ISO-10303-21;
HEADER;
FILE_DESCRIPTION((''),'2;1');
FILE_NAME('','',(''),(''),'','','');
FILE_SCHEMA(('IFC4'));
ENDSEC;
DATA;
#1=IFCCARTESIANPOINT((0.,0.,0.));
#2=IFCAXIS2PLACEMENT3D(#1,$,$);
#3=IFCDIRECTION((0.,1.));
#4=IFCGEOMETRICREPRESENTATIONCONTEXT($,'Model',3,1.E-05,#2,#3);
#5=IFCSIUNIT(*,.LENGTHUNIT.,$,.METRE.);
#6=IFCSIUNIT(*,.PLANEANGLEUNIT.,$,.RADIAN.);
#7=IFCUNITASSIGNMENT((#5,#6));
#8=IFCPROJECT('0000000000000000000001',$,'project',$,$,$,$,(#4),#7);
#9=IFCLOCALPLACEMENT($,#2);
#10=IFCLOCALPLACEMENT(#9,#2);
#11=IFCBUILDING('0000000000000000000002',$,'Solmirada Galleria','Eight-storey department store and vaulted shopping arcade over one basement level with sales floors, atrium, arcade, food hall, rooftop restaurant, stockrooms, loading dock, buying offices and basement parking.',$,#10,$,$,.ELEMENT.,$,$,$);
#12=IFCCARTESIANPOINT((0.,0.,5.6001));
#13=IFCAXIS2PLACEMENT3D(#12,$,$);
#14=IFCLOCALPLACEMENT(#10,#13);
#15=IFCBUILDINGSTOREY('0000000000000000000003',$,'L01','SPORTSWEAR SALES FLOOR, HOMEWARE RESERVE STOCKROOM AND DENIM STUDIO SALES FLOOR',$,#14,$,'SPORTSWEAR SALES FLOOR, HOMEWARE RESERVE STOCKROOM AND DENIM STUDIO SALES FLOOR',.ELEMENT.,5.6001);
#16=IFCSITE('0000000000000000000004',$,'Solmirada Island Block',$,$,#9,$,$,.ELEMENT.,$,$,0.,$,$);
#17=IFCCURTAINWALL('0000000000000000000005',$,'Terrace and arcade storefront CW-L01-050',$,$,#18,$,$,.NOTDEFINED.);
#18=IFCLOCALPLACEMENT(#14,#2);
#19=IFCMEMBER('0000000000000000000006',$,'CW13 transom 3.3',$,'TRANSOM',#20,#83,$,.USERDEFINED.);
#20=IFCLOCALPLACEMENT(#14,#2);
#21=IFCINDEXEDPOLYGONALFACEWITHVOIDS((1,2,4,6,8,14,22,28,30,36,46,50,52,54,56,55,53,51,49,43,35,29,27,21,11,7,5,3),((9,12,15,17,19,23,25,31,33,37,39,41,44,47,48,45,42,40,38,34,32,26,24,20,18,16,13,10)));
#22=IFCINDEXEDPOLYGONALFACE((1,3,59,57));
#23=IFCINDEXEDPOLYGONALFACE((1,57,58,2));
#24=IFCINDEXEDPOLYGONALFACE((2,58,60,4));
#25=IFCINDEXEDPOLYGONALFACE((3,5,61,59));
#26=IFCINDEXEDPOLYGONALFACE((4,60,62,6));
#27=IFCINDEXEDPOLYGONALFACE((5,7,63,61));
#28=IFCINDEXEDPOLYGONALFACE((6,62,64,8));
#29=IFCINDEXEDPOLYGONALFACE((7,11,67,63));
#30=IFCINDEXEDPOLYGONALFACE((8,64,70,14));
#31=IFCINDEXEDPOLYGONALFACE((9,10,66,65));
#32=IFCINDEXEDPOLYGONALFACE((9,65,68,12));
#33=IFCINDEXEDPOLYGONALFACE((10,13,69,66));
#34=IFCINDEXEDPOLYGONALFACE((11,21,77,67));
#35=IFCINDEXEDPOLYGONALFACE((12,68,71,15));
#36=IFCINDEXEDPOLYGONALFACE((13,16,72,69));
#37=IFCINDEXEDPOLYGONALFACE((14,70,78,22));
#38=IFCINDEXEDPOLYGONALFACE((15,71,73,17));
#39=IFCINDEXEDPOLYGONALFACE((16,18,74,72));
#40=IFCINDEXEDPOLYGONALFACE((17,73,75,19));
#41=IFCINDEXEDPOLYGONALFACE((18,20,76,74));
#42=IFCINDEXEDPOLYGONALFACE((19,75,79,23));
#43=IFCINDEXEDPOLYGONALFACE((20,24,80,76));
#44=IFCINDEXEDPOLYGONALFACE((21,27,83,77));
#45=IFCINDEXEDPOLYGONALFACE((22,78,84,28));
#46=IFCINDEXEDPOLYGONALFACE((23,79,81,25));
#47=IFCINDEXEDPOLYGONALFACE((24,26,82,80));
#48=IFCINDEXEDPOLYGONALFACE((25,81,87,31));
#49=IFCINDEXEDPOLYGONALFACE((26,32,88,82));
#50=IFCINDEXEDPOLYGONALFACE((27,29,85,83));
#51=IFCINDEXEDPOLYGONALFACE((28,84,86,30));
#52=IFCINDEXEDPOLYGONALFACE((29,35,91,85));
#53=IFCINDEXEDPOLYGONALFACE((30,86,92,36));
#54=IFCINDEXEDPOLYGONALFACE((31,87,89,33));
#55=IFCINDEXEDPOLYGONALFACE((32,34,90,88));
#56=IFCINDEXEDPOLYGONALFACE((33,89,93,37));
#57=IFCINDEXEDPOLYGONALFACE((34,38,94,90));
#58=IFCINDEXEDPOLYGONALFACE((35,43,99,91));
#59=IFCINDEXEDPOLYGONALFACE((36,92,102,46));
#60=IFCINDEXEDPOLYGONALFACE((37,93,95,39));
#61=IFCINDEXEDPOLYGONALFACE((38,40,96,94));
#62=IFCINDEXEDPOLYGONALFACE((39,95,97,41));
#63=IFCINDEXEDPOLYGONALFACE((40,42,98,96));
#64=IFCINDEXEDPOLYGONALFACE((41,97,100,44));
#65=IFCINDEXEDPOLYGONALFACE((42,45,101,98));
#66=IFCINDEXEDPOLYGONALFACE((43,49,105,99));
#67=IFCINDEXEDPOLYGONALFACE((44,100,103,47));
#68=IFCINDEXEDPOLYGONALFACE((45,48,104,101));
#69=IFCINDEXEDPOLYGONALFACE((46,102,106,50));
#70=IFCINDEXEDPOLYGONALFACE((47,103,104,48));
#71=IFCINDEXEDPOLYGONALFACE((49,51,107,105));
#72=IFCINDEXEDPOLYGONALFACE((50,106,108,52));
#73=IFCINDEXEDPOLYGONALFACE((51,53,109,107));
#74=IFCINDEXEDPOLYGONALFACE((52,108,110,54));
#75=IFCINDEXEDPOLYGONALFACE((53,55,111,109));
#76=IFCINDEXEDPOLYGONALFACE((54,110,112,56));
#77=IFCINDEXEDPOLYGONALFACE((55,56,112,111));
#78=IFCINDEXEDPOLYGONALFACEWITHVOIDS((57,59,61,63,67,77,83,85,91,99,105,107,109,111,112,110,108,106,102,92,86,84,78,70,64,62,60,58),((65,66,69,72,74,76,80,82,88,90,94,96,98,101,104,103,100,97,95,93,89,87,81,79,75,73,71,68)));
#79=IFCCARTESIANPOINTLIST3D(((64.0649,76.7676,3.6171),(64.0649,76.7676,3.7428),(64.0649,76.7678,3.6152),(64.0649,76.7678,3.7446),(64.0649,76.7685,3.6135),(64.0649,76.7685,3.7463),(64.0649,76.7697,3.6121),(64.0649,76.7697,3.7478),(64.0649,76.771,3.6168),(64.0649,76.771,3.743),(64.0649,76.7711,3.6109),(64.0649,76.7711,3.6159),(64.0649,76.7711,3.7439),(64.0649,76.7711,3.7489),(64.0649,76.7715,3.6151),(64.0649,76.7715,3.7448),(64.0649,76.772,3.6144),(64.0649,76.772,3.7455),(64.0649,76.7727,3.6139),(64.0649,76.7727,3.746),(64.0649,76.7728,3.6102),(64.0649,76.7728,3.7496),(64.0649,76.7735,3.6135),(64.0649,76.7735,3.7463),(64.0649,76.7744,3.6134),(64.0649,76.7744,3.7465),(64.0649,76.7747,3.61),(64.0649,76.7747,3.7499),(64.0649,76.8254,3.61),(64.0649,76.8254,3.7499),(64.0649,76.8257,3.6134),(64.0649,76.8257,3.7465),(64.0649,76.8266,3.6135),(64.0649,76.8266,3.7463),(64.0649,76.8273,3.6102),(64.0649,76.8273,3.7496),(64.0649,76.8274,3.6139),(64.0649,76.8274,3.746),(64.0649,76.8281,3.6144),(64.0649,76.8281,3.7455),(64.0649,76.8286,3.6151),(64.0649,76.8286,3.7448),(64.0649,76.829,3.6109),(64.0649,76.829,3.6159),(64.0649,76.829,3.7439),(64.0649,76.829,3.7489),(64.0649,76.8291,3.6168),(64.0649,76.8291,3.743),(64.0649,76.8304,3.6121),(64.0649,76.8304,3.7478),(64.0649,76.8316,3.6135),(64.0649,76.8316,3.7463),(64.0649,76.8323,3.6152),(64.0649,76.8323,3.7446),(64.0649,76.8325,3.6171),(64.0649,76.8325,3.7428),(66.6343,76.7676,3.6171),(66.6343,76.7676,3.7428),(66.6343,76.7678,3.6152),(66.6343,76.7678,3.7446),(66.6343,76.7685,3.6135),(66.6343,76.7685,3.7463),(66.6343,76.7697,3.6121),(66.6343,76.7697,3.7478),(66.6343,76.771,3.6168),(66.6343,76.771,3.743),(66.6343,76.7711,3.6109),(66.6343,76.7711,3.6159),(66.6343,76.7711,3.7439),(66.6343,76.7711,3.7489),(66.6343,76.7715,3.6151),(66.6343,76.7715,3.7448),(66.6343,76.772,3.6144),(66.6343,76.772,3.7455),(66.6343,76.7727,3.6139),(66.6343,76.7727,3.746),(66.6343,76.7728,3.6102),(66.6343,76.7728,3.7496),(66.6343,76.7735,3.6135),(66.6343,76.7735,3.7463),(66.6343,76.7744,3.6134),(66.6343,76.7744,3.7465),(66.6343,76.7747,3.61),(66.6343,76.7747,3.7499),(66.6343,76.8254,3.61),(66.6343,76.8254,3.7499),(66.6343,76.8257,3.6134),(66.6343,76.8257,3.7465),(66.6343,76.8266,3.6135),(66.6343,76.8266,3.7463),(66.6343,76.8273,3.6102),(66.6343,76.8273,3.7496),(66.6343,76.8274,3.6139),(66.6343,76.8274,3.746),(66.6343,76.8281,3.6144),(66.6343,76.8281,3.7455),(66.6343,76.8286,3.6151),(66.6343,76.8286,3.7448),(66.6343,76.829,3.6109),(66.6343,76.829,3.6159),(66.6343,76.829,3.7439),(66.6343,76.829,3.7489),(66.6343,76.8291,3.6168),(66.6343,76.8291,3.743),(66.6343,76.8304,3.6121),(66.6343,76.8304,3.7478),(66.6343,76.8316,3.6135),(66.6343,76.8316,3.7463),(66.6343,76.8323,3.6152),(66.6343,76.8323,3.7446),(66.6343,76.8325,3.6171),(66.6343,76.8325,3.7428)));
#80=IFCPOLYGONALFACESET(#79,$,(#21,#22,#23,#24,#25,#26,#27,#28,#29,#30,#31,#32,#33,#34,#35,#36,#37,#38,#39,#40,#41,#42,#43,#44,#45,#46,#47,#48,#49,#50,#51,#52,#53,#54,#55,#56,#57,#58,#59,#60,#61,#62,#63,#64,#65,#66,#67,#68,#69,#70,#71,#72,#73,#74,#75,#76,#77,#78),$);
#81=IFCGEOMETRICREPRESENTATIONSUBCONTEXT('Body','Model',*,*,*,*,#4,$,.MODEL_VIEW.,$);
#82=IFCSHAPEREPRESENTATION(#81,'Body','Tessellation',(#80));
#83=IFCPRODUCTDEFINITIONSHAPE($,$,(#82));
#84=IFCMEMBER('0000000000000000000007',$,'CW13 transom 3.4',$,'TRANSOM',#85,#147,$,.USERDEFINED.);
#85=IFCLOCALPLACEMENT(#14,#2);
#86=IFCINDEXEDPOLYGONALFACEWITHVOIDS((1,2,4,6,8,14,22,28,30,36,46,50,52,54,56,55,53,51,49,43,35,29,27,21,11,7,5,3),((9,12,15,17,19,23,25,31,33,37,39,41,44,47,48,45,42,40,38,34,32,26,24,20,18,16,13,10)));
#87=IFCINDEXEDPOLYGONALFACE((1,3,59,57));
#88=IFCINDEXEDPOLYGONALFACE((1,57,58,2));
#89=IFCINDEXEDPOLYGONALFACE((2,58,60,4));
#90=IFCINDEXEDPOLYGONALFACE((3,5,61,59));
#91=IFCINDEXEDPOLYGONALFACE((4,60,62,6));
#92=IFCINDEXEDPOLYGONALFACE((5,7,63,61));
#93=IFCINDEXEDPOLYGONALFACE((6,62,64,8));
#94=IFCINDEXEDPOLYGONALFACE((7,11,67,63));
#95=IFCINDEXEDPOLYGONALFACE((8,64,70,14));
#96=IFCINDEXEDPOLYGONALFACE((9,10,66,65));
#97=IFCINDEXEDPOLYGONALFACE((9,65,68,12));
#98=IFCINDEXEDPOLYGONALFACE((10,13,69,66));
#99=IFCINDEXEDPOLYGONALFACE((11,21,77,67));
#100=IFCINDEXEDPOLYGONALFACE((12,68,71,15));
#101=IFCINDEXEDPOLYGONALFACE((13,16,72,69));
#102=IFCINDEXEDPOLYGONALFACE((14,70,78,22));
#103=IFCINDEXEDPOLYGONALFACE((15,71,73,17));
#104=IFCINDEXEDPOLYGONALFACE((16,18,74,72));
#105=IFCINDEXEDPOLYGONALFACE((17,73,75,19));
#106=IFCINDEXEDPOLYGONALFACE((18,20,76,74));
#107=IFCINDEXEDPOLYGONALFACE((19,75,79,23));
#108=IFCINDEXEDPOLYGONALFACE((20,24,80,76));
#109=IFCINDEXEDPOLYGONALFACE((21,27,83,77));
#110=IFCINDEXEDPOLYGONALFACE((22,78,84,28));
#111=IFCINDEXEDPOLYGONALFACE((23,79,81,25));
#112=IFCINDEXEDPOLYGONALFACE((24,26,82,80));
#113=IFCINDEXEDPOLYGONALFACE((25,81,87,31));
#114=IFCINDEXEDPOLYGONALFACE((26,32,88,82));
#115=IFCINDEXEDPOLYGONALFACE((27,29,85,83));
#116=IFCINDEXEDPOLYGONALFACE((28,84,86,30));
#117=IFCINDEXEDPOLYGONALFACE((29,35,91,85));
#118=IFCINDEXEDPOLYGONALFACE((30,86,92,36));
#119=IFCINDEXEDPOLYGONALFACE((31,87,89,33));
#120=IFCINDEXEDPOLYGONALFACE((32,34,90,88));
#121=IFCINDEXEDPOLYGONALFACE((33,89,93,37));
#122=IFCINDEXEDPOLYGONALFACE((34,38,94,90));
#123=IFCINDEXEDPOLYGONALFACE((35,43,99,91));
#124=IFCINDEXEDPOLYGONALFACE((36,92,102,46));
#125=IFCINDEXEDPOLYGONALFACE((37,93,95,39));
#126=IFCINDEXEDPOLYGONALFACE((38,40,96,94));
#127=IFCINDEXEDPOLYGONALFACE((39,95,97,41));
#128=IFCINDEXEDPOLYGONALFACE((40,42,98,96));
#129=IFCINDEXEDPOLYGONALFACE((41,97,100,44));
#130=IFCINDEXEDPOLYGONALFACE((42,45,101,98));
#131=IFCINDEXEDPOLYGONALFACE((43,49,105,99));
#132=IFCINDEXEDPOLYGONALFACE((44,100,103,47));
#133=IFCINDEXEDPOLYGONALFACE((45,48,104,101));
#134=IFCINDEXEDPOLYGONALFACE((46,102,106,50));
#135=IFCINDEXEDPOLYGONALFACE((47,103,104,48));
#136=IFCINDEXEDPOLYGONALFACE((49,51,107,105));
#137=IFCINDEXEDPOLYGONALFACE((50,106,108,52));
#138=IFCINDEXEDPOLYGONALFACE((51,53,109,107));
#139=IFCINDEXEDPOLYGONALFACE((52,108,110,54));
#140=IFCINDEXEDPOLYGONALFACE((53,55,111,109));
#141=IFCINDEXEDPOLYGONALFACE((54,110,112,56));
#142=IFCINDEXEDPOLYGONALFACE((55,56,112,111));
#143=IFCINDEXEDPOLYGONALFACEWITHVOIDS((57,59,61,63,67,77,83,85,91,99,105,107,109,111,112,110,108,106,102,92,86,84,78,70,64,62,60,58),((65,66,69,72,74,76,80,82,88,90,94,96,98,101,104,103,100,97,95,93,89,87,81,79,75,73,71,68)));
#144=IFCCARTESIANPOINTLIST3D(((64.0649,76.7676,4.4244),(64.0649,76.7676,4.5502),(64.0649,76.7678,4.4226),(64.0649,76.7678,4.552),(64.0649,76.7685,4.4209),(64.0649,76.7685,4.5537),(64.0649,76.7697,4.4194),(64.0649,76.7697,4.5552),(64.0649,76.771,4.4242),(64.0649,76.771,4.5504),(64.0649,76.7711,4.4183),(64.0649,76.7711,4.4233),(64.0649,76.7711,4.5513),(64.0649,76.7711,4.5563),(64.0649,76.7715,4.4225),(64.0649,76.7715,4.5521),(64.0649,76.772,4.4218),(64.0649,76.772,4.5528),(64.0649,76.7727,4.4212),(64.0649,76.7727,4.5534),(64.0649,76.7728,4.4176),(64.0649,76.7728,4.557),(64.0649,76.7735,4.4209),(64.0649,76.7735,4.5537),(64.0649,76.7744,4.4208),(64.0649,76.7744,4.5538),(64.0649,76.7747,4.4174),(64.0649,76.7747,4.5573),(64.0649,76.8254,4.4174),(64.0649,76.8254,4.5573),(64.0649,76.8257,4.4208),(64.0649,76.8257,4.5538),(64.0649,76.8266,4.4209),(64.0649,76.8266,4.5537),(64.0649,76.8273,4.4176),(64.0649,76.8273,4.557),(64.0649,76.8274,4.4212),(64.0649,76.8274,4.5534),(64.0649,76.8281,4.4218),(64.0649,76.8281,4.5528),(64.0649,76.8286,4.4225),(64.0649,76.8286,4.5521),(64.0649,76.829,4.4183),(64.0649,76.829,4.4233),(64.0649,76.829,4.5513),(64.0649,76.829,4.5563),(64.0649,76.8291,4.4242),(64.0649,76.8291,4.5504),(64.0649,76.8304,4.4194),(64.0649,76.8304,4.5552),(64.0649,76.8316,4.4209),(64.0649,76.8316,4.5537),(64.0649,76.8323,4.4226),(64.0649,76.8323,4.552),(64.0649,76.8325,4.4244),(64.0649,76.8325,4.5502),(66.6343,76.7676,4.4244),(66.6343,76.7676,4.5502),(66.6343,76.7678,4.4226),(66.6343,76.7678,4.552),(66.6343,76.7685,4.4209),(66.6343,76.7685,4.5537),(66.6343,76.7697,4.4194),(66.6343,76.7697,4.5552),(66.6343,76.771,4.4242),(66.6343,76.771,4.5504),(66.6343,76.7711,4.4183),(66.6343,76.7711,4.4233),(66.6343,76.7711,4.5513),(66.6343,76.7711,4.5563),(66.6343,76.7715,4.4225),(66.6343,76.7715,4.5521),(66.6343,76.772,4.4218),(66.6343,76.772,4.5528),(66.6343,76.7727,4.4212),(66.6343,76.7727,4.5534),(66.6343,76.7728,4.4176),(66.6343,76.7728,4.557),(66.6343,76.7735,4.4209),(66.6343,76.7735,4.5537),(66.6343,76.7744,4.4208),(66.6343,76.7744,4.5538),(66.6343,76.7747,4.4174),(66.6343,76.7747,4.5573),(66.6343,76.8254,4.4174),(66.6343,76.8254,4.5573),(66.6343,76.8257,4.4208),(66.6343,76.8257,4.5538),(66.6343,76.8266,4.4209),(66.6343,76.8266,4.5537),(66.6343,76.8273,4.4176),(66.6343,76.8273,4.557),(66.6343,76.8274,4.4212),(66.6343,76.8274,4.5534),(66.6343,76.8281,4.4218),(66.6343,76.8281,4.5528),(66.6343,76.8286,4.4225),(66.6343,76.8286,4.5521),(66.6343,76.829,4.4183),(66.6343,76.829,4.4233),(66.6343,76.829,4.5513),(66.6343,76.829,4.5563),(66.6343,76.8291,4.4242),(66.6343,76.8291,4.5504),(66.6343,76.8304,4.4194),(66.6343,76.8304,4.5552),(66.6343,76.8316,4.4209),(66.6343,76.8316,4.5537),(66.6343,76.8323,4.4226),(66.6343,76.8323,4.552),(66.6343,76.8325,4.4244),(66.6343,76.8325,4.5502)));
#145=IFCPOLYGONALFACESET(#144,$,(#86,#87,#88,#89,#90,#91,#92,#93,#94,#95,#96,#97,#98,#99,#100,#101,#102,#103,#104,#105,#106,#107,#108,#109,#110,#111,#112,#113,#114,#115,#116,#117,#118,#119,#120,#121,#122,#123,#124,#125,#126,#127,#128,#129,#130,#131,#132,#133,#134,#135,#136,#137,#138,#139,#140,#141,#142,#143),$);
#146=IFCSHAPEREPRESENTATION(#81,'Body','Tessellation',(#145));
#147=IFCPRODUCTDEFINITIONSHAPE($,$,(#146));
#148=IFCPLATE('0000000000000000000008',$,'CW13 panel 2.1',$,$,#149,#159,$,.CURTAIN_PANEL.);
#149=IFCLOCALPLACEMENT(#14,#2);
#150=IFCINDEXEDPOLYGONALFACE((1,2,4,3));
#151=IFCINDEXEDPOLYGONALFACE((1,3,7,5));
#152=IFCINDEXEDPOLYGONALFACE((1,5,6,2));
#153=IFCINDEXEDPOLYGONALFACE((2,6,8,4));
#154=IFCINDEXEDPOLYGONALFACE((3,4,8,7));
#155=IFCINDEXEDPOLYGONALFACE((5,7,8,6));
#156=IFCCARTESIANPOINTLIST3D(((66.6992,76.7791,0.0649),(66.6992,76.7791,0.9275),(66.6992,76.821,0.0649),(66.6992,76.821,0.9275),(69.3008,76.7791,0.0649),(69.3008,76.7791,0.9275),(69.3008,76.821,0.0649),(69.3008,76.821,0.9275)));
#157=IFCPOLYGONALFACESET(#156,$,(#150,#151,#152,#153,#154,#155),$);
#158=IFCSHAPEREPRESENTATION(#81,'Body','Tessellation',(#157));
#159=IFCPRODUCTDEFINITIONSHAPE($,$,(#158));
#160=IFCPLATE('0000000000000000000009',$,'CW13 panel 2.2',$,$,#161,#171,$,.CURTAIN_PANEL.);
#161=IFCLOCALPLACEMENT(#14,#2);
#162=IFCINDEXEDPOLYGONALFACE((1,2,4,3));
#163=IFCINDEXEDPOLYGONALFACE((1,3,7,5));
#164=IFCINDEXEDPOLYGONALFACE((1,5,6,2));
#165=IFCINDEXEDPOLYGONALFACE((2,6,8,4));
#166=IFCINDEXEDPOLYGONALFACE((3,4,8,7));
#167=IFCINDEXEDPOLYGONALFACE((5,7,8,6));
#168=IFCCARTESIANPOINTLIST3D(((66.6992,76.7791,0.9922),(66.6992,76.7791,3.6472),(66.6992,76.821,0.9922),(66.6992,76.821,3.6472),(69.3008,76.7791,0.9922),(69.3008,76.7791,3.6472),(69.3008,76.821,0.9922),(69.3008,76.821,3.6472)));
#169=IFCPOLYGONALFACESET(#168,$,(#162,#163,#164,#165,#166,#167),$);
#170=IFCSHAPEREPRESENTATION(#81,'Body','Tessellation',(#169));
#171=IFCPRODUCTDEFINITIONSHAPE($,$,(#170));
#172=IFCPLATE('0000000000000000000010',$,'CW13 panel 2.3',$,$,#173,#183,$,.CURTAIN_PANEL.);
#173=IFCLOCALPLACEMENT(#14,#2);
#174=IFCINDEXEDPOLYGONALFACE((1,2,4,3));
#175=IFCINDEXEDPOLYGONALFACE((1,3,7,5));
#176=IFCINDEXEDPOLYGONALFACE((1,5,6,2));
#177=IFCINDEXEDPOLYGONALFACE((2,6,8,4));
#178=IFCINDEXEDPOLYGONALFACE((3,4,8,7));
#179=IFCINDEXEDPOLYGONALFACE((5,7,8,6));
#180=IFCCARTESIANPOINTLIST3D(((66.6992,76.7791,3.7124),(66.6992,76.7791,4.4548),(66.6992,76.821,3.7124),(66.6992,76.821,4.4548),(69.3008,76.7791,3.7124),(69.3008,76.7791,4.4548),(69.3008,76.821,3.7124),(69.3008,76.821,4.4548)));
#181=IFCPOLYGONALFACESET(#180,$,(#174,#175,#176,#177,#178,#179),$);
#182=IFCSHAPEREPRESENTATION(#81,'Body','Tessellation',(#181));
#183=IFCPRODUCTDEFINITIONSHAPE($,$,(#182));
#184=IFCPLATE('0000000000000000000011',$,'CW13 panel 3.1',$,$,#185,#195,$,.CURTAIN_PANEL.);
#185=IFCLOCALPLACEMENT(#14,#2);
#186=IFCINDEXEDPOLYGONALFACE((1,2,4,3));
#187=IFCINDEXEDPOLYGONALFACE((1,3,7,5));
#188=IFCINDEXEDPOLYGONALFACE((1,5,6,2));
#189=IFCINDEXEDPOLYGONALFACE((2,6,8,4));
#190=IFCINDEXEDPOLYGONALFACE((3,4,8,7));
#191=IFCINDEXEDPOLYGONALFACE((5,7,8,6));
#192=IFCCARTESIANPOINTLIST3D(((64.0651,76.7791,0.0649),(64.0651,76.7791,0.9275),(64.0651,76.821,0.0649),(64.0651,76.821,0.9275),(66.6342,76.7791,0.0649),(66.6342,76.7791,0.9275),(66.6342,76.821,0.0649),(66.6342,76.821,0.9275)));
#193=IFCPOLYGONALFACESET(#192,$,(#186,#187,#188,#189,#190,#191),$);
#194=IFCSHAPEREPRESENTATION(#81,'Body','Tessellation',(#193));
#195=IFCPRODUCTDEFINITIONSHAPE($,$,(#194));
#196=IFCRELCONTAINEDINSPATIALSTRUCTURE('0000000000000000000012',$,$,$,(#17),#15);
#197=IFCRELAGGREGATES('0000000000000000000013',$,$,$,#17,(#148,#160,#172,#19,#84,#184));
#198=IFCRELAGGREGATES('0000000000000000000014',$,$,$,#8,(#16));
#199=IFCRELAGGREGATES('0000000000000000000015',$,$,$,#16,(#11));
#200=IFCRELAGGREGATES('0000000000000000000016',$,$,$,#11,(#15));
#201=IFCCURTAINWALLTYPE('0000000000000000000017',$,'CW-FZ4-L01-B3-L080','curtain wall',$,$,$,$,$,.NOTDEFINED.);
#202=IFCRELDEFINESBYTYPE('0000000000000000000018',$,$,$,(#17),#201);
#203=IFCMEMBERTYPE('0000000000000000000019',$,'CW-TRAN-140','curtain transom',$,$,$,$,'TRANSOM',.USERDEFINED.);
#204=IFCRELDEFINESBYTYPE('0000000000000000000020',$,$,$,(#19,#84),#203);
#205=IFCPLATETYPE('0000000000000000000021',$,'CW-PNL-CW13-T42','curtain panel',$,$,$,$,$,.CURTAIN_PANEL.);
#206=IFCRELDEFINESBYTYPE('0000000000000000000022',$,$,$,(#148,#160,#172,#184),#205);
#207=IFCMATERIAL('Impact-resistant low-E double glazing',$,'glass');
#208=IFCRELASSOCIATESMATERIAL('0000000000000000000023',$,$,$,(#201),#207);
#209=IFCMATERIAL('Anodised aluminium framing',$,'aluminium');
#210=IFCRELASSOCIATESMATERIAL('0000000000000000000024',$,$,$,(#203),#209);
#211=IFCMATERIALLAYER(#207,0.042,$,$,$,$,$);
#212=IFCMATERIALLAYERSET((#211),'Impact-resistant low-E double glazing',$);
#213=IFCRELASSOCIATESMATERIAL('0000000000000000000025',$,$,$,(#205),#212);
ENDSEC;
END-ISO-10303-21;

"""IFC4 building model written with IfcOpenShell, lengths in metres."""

from ifc_helpers import new_model, si_unit, direction, frame, origin, origin_2d, place, context, subcontext, project, spatial, rectangle, hollow_rectangle, extrude, material, layer, layer_set, material_profile, profile_set, type_object, element, aggregate, save


model = new_model("IFC4")

# Units and contexts
model_context = context("Model", 3, precision=1e-05, world=origin(), true_north=direction((0.0, 1.0)))
body_context = subcontext(model_context, "Body", "Model", "MODEL_VIEW")
ifc_project = project(units=[si_unit("LENGTHUNIT", "METRE"), si_unit("PLANEANGLEUNIT", "RADIAN")], contexts=[model_context])

# Site, building, storey
site_placement = place(None, origin())
site = spatial("IfcSite", under=ifc_project, at=site_placement, Name="Solmirada Island Block", CompositionType="ELEMENT", RefElevation=0.0)
building_placement = place(site_placement, origin())
building = spatial("IfcBuilding", under=site, at=building_placement, Name="Solmirada Galleria", Description="Eight-storey department store and vaulted shopping arcade over one basement level with sales floors, atrium, arcade, food hall, rooftop restaurant, stockrooms, loading dock, buying offices and basement parking.", CompositionType="ELEMENT")
storey_placement = place(building_placement, frame((0.0, 0.0, 5.6001)))
storey = spatial("IfcBuildingStorey", under=building, at=storey_placement, Name="L01", Description="SPORTSWEAR SALES FLOOR, HOMEWARE RESERVE STOCKROOM AND DENIM STUDIO SALES FLOOR", LongName="SPORTSWEAR SALES FLOOR, HOMEWARE RESERVE STOCKROOM AND DENIM STUDIO SALES FLOOR", CompositionType="ELEMENT", Elevation=5.6001)

# Curtain wall, members, plates
ifc_material_1 = material(Name="Impact-resistant low-E double glazing", Category="glass")
curtain_wall_type = type_object("IfcCurtainWallType", Name="CW-FZ4-L01-B3-L080", Description="curtain wall", PredefinedType="NOTDEFINED", material=ifc_material_1)
curtain_wall_placement = place(storey_placement, origin())
curtain_wall = element("IfcCurtainWall", 1, at=curtain_wall_placement, inside=storey, type_object=curtain_wall_type, Name="Terrace and arcade storefront CW-L01-050", PredefinedType="NOTDEFINED")
ifc_material_2 = material(Name="Anodised aluminium framing", Category="aluminium")
ifc_material_profile_1 = material_profile(ifc_material_2, hollow_rectangle(XDim=0.0649, YDim=0.1399, WallThickness=0.0034, InnerFilletRadius=0.0034, OuterFilletRadius=0.0071, at=origin_2d()), Name="ALU-TRAN-140X65")
ifc_profile_set_1 = profile_set([ifc_material_profile_1], Name="Anodised aluminium framing")
member_type_1 = type_object("IfcMemberType", Name="CW-TRAN-140", Description="curtain transom", ElementType="TRANSOM", PredefinedType="USERDEFINED", material=ifc_profile_set_1)
member_1_placement = place(storey_placement, frame((66.6343, 76.8, 3.6799), z_axis=(-1.0, 0.0, 0.0), x_axis=(0.0, -1.0, 0.0)))
member_1 = element("IfcMember", 2, at=member_1_placement, type_object=member_type_1, Name="CW13 transom 3.3", ObjectType="TRANSOM", PredefinedType="USERDEFINED", context=body_context, shape_type="SweptSolid", body=[
    extrude(hollow_rectangle(XDim=0.0649, YDim=0.1399, WallThickness=0.0034, InnerFilletRadius=0.0034, OuterFilletRadius=0.0071, at=origin_2d()), origin(), (0.0, 0.0, 1.0), 2.5693),
])
member_2_placement = place(storey_placement, frame((66.6343, 76.8, 4.4873), z_axis=(-1.0, 0.0, 0.0), x_axis=(0.0, -1.0, 0.0)))
member_2 = element("IfcMember", 3, at=member_2_placement, type_object=member_type_1, Name="CW13 transom 3.4", ObjectType="TRANSOM", PredefinedType="USERDEFINED", context=body_context, shape_type="SweptSolid", body=[
    extrude(hollow_rectangle(XDim=0.0649, YDim=0.1399, WallThickness=0.0034, InnerFilletRadius=0.0034, OuterFilletRadius=0.0071, at=origin_2d()), origin(), (0.0, 0.0, 1.0), 2.5693),
])
ifc_layer_1 = layer(ifc_material_1, 0.042)
ifc_layer_set_1 = layer_set([ifc_layer_1], Name="Impact-resistant low-E double glazing")
plate_type = type_object("IfcPlateType", Name="CW-PNL-CW13-T42", Description="curtain panel", PredefinedType="CURTAIN_PANEL", material=ifc_layer_set_1)
plate_1_placement = place(storey_placement, frame((68.0, 76.8, 0.0649), z_axis=(0.0, 0.0, 1.0), x_axis=(-1.0, 0.0, 0.0)))
plate_1 = element("IfcPlate", 4, at=plate_1_placement, type_object=plate_type, Name="CW13 panel 2.1", PredefinedType="CURTAIN_PANEL", context=body_context, shape_type="SweptSolid", body=[
    extrude(rectangle(XDim=2.6016, YDim=0.042, at=origin_2d()), origin(), (0.0, 0.0, 1.0), 0.8625),
])
plate_2_placement = place(storey_placement, frame((68.0, 76.8, 0.9922), z_axis=(0.0, 0.0, 1.0), x_axis=(-1.0, 0.0, 0.0)))
plate_2 = element("IfcPlate", 5, at=plate_2_placement, type_object=plate_type, Name="CW13 panel 2.2", PredefinedType="CURTAIN_PANEL", context=body_context, shape_type="SweptSolid", body=[
    extrude(rectangle(XDim=2.6016, YDim=0.042, at=origin_2d()), origin(), (0.0, 0.0, 1.0), 2.655),
])
plate_3_placement = place(storey_placement, frame((68.0, 76.8, 3.7124), z_axis=(0.0, 0.0, 1.0), x_axis=(-1.0, 0.0, 0.0)))
plate_3 = element("IfcPlate", 6, at=plate_3_placement, type_object=plate_type, Name="CW13 panel 2.3", PredefinedType="CURTAIN_PANEL", context=body_context, shape_type="SweptSolid", body=[
    extrude(rectangle(XDim=2.6016, YDim=0.042, at=origin_2d()), origin(), (0.0, 0.0, 1.0), 0.7424),
])
plate_4_placement = place(storey_placement, frame((65.3496, 76.8, 0.0649), z_axis=(0.0, 0.0, 1.0), x_axis=(-1.0, 0.0, 0.0)))
plate_4 = element("IfcPlate", 7, at=plate_4_placement, type_object=plate_type, Name="CW13 panel 3.1", PredefinedType="CURTAIN_PANEL", context=body_context, shape_type="SweptSolid", body=[
    extrude(rectangle(XDim=2.5691, YDim=0.042, at=origin_2d()), origin(), (0.0, 0.0, 1.0), 0.8625),
])
aggregate(curtain_wall, [plate_1, plate_2, plate_3, member_1, member_2, plate_4])

save(model, "model.ifc")
